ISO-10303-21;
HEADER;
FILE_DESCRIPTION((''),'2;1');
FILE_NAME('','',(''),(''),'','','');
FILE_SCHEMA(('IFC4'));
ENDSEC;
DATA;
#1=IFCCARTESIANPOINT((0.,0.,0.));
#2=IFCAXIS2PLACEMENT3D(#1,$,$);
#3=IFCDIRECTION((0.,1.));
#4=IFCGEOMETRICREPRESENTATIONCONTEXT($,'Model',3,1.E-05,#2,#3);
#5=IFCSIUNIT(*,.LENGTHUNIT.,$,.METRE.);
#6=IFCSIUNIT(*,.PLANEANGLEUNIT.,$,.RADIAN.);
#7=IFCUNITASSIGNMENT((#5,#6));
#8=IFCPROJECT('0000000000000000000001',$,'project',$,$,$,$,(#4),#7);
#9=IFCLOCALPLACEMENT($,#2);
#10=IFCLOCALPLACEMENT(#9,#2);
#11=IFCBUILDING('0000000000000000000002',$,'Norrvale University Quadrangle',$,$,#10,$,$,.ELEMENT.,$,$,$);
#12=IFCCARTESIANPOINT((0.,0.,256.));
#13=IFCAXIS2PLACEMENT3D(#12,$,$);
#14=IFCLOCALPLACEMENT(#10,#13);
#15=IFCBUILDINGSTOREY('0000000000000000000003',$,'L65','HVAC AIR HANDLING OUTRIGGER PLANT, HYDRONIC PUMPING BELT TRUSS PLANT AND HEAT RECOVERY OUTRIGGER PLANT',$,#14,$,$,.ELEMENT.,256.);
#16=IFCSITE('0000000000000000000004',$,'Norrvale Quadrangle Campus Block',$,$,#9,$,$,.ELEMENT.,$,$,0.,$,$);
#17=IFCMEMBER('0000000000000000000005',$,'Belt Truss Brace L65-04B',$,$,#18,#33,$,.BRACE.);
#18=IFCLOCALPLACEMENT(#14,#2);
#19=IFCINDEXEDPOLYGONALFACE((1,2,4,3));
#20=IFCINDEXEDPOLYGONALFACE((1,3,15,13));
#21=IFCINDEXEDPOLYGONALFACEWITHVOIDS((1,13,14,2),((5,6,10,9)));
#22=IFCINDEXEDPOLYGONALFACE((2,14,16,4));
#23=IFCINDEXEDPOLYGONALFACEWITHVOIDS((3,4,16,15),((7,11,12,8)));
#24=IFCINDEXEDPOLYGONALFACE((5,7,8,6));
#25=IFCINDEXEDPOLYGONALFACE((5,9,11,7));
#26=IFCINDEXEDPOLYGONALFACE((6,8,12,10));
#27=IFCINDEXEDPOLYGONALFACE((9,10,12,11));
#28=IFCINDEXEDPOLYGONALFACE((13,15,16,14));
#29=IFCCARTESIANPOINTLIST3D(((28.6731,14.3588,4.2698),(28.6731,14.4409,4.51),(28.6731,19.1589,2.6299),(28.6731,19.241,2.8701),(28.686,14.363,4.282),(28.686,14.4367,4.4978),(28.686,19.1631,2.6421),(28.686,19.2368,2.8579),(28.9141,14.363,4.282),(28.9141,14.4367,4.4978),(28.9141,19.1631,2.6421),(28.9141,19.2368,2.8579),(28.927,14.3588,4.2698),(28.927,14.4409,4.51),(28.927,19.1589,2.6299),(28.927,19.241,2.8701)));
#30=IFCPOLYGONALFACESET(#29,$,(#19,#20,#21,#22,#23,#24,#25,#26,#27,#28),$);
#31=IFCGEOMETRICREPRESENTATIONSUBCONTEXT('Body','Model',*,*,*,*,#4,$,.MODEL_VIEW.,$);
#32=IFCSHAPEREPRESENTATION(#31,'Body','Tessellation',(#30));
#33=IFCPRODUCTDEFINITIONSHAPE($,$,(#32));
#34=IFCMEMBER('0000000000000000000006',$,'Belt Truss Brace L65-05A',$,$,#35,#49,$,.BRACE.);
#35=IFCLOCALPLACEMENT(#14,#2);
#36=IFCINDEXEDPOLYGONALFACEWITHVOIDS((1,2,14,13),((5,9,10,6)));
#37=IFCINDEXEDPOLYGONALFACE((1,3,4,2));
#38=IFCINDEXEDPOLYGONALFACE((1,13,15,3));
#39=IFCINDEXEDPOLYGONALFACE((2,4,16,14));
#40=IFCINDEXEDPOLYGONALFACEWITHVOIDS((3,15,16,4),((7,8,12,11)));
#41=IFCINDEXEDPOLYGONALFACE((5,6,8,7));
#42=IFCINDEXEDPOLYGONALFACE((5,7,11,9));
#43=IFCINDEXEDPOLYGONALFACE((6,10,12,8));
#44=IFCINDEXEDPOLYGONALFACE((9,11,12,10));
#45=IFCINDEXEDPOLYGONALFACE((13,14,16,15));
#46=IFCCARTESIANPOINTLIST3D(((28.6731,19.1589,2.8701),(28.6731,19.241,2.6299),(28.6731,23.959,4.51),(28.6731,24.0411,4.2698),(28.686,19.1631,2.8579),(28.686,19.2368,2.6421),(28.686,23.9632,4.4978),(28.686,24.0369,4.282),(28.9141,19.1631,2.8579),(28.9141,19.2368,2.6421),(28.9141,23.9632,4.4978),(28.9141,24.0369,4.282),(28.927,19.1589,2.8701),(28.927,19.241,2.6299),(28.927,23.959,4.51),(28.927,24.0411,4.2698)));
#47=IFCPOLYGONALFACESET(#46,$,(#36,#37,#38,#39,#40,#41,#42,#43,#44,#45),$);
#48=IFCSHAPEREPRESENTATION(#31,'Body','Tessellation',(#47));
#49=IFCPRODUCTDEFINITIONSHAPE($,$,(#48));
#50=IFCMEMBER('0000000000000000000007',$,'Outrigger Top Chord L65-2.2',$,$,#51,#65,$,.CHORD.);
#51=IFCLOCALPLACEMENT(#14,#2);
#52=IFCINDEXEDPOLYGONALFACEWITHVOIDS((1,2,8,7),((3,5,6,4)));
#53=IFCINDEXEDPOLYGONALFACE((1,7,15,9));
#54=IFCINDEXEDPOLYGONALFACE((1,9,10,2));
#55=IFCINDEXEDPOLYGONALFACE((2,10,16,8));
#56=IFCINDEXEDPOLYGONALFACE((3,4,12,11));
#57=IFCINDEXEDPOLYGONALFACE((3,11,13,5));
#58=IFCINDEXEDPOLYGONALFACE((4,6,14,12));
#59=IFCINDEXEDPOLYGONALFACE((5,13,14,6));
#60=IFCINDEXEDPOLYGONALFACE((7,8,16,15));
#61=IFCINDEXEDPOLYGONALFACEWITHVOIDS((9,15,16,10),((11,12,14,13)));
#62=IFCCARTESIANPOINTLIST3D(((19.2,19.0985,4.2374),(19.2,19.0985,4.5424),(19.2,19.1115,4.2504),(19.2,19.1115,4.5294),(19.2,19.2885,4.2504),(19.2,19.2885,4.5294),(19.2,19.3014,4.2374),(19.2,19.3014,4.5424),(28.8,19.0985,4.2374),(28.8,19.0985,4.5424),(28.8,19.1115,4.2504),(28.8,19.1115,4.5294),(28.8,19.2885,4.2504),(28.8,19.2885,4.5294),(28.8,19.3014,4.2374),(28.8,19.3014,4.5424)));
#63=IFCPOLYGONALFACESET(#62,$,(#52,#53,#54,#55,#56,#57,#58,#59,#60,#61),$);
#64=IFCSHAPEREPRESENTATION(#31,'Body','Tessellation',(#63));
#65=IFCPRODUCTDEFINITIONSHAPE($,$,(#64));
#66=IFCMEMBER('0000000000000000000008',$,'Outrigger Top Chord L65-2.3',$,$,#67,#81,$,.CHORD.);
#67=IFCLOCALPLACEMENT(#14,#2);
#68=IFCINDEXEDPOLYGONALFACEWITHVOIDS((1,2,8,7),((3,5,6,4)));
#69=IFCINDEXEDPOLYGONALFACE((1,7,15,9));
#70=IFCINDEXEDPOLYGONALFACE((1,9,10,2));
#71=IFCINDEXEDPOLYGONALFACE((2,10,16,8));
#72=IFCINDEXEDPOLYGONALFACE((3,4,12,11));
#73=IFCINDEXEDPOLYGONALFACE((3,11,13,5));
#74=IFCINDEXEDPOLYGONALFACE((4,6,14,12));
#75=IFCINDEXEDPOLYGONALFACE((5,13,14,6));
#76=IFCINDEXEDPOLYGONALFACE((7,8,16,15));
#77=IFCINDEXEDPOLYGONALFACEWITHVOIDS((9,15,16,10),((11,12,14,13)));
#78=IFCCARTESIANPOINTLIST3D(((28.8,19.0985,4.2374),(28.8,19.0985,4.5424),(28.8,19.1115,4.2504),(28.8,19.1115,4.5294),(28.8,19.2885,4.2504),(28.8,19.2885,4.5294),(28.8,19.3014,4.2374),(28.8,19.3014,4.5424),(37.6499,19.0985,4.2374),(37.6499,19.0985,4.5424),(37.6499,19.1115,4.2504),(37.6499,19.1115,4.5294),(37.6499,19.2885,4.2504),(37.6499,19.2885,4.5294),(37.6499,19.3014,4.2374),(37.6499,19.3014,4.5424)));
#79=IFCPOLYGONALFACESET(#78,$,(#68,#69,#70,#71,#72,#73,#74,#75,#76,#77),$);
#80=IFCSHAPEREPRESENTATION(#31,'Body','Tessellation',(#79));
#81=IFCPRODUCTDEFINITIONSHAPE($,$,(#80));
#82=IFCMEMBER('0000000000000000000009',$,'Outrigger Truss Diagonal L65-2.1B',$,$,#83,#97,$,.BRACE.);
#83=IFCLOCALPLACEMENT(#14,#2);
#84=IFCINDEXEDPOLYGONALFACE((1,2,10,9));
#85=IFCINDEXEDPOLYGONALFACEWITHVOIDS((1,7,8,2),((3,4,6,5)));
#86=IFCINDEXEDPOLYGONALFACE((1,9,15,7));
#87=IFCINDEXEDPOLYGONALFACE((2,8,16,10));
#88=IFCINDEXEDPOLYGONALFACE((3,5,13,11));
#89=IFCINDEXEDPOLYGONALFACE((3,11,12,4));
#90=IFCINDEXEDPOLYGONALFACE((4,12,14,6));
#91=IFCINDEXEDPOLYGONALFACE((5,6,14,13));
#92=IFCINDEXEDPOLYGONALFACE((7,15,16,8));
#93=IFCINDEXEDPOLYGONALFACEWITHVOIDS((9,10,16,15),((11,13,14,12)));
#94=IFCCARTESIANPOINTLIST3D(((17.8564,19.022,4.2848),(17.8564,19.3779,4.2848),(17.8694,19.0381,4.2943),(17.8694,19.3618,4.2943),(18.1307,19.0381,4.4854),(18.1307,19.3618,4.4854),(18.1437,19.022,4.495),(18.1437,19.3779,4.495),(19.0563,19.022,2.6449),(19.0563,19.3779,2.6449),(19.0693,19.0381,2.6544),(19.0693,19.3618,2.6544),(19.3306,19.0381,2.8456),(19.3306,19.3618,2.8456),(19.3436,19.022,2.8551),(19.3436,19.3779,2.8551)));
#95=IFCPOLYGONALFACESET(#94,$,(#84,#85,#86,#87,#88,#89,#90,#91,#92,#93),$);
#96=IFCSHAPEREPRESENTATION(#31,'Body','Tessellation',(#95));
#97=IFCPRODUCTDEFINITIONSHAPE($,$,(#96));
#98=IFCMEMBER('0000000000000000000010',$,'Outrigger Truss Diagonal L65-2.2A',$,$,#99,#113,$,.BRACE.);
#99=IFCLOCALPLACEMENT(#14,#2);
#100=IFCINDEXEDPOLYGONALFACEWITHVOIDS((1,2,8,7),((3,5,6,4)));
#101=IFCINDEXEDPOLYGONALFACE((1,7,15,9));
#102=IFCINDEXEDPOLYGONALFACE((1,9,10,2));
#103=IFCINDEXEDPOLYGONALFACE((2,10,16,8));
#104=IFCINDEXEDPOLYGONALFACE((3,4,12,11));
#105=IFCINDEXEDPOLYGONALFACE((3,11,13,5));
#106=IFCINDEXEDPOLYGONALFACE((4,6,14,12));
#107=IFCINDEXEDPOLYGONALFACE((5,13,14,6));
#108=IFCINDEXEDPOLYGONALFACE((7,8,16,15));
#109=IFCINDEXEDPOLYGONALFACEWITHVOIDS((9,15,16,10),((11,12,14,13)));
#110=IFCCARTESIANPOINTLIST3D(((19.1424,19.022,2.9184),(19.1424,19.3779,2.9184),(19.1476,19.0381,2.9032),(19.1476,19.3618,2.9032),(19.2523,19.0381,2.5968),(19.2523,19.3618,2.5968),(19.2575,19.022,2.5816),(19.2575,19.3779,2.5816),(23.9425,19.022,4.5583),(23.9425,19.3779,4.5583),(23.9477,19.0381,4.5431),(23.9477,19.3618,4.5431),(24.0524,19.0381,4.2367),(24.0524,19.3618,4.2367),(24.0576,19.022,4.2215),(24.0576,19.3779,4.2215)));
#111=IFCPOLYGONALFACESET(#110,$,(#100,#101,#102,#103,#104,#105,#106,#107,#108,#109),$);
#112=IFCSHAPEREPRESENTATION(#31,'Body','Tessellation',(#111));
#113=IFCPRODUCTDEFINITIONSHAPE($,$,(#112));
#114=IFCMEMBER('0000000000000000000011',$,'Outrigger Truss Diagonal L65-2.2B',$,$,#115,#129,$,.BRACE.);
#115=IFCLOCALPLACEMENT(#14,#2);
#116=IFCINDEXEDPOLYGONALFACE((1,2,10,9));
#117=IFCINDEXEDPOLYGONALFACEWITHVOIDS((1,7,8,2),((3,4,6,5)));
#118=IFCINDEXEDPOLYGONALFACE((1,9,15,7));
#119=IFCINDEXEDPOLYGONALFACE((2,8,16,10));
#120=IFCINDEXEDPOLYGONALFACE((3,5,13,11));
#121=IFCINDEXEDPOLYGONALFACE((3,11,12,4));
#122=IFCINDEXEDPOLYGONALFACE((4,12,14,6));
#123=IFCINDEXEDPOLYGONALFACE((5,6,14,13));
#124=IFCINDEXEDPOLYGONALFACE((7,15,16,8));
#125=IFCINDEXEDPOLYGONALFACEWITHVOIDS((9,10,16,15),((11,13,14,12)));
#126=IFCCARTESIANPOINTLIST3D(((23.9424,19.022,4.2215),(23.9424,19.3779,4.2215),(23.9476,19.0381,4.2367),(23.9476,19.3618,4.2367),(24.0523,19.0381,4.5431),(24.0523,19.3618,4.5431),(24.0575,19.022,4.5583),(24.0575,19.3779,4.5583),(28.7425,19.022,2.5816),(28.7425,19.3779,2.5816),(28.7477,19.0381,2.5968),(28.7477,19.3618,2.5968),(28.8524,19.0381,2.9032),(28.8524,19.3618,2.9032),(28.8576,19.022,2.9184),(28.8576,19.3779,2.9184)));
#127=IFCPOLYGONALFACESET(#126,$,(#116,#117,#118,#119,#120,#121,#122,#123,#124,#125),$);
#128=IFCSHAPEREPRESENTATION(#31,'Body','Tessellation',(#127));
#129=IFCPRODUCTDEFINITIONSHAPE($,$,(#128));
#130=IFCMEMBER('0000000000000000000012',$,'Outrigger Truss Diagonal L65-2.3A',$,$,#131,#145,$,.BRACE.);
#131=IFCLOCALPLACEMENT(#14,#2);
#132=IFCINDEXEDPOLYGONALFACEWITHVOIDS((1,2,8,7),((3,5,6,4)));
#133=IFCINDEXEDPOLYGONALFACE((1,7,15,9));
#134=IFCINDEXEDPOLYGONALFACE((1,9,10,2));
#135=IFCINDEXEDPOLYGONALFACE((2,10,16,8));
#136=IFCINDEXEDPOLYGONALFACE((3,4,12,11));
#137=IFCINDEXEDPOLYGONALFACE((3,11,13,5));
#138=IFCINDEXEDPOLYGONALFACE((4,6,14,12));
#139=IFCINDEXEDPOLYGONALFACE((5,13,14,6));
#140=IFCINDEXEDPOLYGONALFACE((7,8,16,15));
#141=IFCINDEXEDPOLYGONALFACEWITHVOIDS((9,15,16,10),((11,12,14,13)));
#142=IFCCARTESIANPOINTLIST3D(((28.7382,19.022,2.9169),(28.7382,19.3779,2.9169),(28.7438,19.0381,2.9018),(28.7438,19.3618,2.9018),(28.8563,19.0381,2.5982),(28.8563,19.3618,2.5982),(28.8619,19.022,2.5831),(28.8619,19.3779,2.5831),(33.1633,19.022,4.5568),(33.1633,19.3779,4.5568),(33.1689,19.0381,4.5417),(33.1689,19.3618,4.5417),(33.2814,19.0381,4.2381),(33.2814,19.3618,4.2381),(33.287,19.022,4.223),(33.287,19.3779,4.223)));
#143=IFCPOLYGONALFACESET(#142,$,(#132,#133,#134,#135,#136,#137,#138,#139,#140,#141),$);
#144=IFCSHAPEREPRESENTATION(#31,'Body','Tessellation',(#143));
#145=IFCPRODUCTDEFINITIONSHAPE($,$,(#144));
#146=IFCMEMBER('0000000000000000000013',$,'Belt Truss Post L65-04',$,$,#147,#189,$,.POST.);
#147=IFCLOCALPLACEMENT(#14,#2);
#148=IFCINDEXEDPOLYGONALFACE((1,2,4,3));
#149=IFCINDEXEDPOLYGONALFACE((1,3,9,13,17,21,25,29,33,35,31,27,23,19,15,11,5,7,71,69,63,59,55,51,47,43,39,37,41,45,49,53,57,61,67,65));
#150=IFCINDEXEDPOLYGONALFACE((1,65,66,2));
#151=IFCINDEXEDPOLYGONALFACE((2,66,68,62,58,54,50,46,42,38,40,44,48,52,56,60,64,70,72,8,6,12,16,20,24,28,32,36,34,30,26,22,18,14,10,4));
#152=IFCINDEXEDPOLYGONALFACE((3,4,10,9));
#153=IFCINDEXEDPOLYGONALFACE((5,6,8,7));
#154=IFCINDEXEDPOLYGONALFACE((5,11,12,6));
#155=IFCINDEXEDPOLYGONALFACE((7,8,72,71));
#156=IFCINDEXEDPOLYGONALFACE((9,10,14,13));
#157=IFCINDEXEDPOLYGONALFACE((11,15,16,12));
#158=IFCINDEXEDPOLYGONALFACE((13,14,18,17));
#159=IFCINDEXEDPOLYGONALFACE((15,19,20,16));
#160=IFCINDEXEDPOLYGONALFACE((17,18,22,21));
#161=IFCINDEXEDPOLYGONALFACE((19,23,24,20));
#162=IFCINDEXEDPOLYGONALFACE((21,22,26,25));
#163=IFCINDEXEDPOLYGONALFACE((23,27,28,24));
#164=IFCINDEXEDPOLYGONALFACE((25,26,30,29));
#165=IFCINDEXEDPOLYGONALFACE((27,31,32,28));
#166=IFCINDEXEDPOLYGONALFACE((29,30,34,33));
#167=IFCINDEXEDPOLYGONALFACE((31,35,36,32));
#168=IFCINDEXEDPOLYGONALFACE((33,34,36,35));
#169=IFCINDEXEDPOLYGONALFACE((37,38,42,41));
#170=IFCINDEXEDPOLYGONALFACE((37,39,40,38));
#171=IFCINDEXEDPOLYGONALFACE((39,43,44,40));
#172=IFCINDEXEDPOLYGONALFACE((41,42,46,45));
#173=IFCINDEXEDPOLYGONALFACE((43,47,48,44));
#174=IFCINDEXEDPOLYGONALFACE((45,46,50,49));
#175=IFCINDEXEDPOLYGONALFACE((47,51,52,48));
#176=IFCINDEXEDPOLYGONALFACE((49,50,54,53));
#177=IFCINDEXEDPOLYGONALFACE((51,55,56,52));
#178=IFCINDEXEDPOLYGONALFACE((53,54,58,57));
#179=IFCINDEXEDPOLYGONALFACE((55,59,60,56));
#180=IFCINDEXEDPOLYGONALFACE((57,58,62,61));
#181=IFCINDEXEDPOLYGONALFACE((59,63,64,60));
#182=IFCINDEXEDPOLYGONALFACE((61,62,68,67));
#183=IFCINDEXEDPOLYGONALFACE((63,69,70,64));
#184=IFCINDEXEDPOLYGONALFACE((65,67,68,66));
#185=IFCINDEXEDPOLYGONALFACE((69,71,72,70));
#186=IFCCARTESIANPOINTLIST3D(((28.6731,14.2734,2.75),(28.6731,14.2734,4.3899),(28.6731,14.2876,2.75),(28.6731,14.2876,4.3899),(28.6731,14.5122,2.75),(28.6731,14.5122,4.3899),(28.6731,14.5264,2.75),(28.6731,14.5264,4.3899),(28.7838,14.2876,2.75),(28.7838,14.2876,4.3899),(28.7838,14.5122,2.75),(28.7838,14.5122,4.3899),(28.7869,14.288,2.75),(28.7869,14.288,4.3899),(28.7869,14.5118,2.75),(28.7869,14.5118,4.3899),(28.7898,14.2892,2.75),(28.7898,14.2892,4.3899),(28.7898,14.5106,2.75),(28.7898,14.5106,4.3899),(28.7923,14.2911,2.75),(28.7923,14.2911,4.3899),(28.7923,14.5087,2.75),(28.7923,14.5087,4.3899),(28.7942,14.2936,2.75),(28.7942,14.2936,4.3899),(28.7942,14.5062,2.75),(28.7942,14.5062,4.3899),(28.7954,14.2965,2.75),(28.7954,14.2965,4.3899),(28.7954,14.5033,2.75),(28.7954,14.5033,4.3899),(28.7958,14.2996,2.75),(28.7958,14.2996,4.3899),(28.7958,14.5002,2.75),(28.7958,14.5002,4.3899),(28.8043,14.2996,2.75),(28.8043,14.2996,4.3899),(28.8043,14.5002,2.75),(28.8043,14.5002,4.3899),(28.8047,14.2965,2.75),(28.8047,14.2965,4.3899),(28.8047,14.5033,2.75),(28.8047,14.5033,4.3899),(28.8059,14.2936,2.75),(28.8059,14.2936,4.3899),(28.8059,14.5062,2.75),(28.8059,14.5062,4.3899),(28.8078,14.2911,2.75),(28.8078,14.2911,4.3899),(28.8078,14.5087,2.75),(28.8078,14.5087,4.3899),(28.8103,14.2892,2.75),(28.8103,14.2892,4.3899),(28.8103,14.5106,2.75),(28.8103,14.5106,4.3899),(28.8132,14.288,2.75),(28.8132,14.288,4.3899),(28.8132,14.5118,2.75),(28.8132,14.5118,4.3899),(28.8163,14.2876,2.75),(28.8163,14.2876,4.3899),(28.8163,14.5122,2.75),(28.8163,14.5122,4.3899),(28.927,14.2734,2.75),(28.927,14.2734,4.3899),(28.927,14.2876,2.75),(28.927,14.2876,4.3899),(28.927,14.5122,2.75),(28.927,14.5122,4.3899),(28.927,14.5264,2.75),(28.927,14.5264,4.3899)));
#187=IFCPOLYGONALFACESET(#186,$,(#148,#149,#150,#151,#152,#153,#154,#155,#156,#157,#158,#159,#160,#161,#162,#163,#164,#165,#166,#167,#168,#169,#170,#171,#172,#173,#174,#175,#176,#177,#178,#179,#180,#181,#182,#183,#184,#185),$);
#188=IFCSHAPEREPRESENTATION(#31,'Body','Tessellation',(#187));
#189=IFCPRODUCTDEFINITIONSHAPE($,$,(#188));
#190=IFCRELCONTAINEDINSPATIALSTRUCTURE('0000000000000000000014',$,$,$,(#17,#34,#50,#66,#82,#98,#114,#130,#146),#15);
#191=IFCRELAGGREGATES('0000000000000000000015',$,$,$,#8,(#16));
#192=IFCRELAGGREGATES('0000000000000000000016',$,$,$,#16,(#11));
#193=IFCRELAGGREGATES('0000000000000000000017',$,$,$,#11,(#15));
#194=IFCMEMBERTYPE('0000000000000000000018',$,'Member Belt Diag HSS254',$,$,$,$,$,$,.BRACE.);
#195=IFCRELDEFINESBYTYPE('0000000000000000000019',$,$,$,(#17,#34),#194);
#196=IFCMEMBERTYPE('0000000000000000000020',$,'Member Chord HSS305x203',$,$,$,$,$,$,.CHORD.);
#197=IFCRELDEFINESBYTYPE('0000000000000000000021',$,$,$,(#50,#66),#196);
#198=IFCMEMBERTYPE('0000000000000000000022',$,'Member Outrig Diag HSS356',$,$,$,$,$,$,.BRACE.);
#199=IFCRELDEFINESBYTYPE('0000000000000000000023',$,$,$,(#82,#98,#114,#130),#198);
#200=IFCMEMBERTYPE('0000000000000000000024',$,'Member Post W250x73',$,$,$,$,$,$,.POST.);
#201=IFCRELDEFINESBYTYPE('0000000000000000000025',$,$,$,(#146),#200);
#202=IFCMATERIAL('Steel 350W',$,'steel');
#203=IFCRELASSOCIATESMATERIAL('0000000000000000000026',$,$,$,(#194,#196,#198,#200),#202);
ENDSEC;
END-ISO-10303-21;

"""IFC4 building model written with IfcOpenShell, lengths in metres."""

from ifc_helpers import new_model, si_unit, direction, frame, origin, origin_2d, place, context, subcontext, project, spatial, hollow_rectangle, i_section, extrude, material, material_profile, profile_set, type_object, element, save


model = new_model("IFC4")

# Units and contexts
model_context = context("Model", 3, precision=1e-05, world=origin(), true_north=direction((0.0, 1.0)))
body_context = subcontext(model_context, "Body", "Model", "MODEL_VIEW")
ifc_project = project(units=[si_unit("LENGTHUNIT", "METRE"), si_unit("PLANEANGLEUNIT", "RADIAN")], contexts=[model_context])

# Site, building, storey
site_placement = place(None, origin())
site = spatial("IfcSite", under=ifc_project, at=site_placement, Name="Norrvale Quadrangle Campus Block", CompositionType="ELEMENT", RefElevation=0.0)
building_placement = place(site_placement, origin())
building = spatial("IfcBuilding", under=site, at=building_placement, Name="Norrvale University Quadrangle", CompositionType="ELEMENT")
storey_placement = place(building_placement, frame((0.0, 0.0, 256.0)))
storey = spatial("IfcBuildingStorey", under=building, at=storey_placement, Name="L65", Description="HVAC AIR HANDLING OUTRIGGER PLANT, HYDRONIC PUMPING BELT TRUSS PLANT AND HEAT RECOVERY OUTRIGGER PLANT", CompositionType="ELEMENT", Elevation=256.0)

# Shared definitions
ifc_material_1 = material(Name="Steel 350W", Category="steel")

# Members
ifc_material_profile_1 = material_profile(ifc_material_1, hollow_rectangle(XDim=0.2539, YDim=0.2539, WallThickness=0.0129, at=origin_2d()), Name="Steel 350W")
ifc_profile_set_1 = profile_set([ifc_material_profile_1], Name="Steel 350W")
member_type_1 = type_object("IfcMemberType", Name="Member Belt Diag HSS254", PredefinedType="BRACE", material=ifc_profile_set_1)
for number, where, z_axis, x_axis, name in (
    (1, (28.8, 19.2, 2.75), (0.0, -0.946299, 0.323294), (1.0, 0.0, 0.0), "Belt Truss Brace L65-04B"),
    (2, (28.8, 19.2, 2.75), (0.0, 0.946299, 0.323294), (-1.0, 0.0, 0.0), "Belt Truss Brace L65-05A"),
):
    element("IfcMember", number, at=place(storey_placement, frame(where, z_axis=z_axis, x_axis=x_axis)), inside=storey, type_object=member_type_1, Name=name, PredefinedType="BRACE", context=body_context, shape_type="SweptSolid", body=[
        extrude(hollow_rectangle(XDim=0.2539, YDim=0.2539, WallThickness=0.0129, at=origin_2d()), origin(), (0.0, 0.0, 1.0), 5.0725),
    ])
ifc_material_profile_2 = material_profile(ifc_material_1, hollow_rectangle(XDim=0.2029, YDim=0.3049, WallThickness=0.0129, at=origin_2d()), Name="Steel 350W")
ifc_profile_set_2 = profile_set([ifc_material_profile_2], Name="Steel 350W")
member_type_2 = type_object("IfcMemberType", Name="Member Chord HSS305x203", PredefinedType="CHORD", material=ifc_profile_set_2)
member_1_placement = place(storey_placement, frame((19.2, 19.2, 4.3899), z_axis=(1.0, 0.0, 0.0), x_axis=(0.0, 1.0, 0.0)))
element("IfcMember", 3, at=member_1_placement, inside=storey, type_object=member_type_2, Name="Outrigger Top Chord L65-2.2", PredefinedType="CHORD", context=body_context, shape_type="SweptSolid", body=[
    extrude(hollow_rectangle(XDim=0.2029, YDim=0.3049, WallThickness=0.0129, at=origin_2d()), origin(), (0.0, 0.0, 1.0), 9.6001),
])
member_2_placement = place(storey_placement, frame((28.8, 19.2, 4.3899), z_axis=(1.0, 0.0, 0.0), x_axis=(0.0, 1.0, 0.0)))
element("IfcMember", 4, at=member_2_placement, inside=storey, type_object=member_type_2, Name="Outrigger Top Chord L65-2.3", PredefinedType="CHORD", context=body_context, shape_type="SweptSolid", body=[
    extrude(hollow_rectangle(XDim=0.2029, YDim=0.3049, WallThickness=0.0129, at=origin_2d()), origin(), (0.0, 0.0, 1.0), 8.8499),
])
ifc_material_profile_3 = material_profile(ifc_material_1, hollow_rectangle(XDim=0.356, YDim=0.356, WallThickness=0.0161, at=origin_2d()), Name="Steel 350W")
ifc_profile_set_3 = profile_set([ifc_material_profile_3], Name="Steel 350W")
member_type_3 = type_object("IfcMemberType", Name="Member Outrig Diag HSS356", PredefinedType="BRACE", material=ifc_profile_set_3)
member_3_placement = place(storey_placement, frame((19.2, 19.2, 2.75), z_axis=(-0.59052, 0.0, 0.807023), x_axis=(0.0, -1.0, 0.0)))
element("IfcMember", 5, at=member_3_placement, inside=storey, type_object=member_type_3, Name="Outrigger Truss Diagonal L65-2.1B", PredefinedType="BRACE", context=body_context, shape_type="SweptSolid", body=[
    extrude(hollow_rectangle(XDim=0.356, YDim=0.356, WallThickness=0.0161, at=origin_2d()), origin(), (0.0, 0.0, 1.0), 2.032),
])
for number, where, z_axis, x_axis, name in (
    (6, (19.2, 19.2, 2.75), (0.946299, 0.0, 0.323294), (0.0, 1.0, 0.0), "Outrigger Truss Diagonal L65-2.2A"),
    (7, (28.8, 19.2, 2.75), (-0.946299, 0.0, 0.323294), (0.0, -1.0, 0.0), "Outrigger Truss Diagonal L65-2.2B"),
):
    element("IfcMember", number, at=place(storey_placement, frame(where, z_axis=z_axis, x_axis=x_axis)), inside=storey, type_object=member_type_3, Name=name, PredefinedType="BRACE", context=body_context, shape_type="SweptSolid", body=[
        extrude(hollow_rectangle(XDim=0.356, YDim=0.356, WallThickness=0.0161, at=origin_2d()), origin(), (0.0, 0.0, 1.0), 5.0725),
    ])
member_4_placement = place(storey_placement, frame((28.8, 19.2, 2.75), z_axis=(0.937681, 0.0, 0.347498), x_axis=(0.0, 1.0, 0.0)))
element("IfcMember", 8, at=member_4_placement, inside=storey, type_object=member_type_3, Name="Outrigger Truss Diagonal L65-2.3A", PredefinedType="BRACE", context=body_context, shape_type="SweptSolid", body=[
    extrude(hollow_rectangle(XDim=0.356, YDim=0.356, WallThickness=0.0161, at=origin_2d()), origin(), (0.0, 0.0, 1.0), 4.7192),
])
ifc_material_profile_4 = material_profile(ifc_material_1, i_section(OverallWidth=0.2539, OverallDepth=0.2529, WebThickness=0.0085, FlangeThickness=0.0142, FilletRadius=0.012, at=origin_2d()), Name="Steel 350W")
ifc_profile_set_4 = profile_set([ifc_material_profile_4], Name="Steel 350W")
member_type_4 = type_object("IfcMemberType", Name="Member Post W250x73", PredefinedType="POST", material=ifc_profile_set_4)
member_5_placement = place(storey_placement, frame((28.8, 14.3999, 2.75), z_axis=(0.0, 0.0, 1.0), x_axis=(1.0, 0.0, 0.0)))
element("IfcMember", 9, at=member_5_placement, inside=storey, type_object=member_type_4, Name="Belt Truss Post L65-04", PredefinedType="POST", context=body_context, shape_type="SweptSolid", body=[
    extrude(i_section(OverallWidth=0.2539, OverallDepth=0.2529, WebThickness=0.0085, FlangeThickness=0.0142, FilletRadius=0.012, at=origin_2d()), origin(), (0.0, 0.0, 1.0), 1.6399),
])

save(model, "model.ifc")
